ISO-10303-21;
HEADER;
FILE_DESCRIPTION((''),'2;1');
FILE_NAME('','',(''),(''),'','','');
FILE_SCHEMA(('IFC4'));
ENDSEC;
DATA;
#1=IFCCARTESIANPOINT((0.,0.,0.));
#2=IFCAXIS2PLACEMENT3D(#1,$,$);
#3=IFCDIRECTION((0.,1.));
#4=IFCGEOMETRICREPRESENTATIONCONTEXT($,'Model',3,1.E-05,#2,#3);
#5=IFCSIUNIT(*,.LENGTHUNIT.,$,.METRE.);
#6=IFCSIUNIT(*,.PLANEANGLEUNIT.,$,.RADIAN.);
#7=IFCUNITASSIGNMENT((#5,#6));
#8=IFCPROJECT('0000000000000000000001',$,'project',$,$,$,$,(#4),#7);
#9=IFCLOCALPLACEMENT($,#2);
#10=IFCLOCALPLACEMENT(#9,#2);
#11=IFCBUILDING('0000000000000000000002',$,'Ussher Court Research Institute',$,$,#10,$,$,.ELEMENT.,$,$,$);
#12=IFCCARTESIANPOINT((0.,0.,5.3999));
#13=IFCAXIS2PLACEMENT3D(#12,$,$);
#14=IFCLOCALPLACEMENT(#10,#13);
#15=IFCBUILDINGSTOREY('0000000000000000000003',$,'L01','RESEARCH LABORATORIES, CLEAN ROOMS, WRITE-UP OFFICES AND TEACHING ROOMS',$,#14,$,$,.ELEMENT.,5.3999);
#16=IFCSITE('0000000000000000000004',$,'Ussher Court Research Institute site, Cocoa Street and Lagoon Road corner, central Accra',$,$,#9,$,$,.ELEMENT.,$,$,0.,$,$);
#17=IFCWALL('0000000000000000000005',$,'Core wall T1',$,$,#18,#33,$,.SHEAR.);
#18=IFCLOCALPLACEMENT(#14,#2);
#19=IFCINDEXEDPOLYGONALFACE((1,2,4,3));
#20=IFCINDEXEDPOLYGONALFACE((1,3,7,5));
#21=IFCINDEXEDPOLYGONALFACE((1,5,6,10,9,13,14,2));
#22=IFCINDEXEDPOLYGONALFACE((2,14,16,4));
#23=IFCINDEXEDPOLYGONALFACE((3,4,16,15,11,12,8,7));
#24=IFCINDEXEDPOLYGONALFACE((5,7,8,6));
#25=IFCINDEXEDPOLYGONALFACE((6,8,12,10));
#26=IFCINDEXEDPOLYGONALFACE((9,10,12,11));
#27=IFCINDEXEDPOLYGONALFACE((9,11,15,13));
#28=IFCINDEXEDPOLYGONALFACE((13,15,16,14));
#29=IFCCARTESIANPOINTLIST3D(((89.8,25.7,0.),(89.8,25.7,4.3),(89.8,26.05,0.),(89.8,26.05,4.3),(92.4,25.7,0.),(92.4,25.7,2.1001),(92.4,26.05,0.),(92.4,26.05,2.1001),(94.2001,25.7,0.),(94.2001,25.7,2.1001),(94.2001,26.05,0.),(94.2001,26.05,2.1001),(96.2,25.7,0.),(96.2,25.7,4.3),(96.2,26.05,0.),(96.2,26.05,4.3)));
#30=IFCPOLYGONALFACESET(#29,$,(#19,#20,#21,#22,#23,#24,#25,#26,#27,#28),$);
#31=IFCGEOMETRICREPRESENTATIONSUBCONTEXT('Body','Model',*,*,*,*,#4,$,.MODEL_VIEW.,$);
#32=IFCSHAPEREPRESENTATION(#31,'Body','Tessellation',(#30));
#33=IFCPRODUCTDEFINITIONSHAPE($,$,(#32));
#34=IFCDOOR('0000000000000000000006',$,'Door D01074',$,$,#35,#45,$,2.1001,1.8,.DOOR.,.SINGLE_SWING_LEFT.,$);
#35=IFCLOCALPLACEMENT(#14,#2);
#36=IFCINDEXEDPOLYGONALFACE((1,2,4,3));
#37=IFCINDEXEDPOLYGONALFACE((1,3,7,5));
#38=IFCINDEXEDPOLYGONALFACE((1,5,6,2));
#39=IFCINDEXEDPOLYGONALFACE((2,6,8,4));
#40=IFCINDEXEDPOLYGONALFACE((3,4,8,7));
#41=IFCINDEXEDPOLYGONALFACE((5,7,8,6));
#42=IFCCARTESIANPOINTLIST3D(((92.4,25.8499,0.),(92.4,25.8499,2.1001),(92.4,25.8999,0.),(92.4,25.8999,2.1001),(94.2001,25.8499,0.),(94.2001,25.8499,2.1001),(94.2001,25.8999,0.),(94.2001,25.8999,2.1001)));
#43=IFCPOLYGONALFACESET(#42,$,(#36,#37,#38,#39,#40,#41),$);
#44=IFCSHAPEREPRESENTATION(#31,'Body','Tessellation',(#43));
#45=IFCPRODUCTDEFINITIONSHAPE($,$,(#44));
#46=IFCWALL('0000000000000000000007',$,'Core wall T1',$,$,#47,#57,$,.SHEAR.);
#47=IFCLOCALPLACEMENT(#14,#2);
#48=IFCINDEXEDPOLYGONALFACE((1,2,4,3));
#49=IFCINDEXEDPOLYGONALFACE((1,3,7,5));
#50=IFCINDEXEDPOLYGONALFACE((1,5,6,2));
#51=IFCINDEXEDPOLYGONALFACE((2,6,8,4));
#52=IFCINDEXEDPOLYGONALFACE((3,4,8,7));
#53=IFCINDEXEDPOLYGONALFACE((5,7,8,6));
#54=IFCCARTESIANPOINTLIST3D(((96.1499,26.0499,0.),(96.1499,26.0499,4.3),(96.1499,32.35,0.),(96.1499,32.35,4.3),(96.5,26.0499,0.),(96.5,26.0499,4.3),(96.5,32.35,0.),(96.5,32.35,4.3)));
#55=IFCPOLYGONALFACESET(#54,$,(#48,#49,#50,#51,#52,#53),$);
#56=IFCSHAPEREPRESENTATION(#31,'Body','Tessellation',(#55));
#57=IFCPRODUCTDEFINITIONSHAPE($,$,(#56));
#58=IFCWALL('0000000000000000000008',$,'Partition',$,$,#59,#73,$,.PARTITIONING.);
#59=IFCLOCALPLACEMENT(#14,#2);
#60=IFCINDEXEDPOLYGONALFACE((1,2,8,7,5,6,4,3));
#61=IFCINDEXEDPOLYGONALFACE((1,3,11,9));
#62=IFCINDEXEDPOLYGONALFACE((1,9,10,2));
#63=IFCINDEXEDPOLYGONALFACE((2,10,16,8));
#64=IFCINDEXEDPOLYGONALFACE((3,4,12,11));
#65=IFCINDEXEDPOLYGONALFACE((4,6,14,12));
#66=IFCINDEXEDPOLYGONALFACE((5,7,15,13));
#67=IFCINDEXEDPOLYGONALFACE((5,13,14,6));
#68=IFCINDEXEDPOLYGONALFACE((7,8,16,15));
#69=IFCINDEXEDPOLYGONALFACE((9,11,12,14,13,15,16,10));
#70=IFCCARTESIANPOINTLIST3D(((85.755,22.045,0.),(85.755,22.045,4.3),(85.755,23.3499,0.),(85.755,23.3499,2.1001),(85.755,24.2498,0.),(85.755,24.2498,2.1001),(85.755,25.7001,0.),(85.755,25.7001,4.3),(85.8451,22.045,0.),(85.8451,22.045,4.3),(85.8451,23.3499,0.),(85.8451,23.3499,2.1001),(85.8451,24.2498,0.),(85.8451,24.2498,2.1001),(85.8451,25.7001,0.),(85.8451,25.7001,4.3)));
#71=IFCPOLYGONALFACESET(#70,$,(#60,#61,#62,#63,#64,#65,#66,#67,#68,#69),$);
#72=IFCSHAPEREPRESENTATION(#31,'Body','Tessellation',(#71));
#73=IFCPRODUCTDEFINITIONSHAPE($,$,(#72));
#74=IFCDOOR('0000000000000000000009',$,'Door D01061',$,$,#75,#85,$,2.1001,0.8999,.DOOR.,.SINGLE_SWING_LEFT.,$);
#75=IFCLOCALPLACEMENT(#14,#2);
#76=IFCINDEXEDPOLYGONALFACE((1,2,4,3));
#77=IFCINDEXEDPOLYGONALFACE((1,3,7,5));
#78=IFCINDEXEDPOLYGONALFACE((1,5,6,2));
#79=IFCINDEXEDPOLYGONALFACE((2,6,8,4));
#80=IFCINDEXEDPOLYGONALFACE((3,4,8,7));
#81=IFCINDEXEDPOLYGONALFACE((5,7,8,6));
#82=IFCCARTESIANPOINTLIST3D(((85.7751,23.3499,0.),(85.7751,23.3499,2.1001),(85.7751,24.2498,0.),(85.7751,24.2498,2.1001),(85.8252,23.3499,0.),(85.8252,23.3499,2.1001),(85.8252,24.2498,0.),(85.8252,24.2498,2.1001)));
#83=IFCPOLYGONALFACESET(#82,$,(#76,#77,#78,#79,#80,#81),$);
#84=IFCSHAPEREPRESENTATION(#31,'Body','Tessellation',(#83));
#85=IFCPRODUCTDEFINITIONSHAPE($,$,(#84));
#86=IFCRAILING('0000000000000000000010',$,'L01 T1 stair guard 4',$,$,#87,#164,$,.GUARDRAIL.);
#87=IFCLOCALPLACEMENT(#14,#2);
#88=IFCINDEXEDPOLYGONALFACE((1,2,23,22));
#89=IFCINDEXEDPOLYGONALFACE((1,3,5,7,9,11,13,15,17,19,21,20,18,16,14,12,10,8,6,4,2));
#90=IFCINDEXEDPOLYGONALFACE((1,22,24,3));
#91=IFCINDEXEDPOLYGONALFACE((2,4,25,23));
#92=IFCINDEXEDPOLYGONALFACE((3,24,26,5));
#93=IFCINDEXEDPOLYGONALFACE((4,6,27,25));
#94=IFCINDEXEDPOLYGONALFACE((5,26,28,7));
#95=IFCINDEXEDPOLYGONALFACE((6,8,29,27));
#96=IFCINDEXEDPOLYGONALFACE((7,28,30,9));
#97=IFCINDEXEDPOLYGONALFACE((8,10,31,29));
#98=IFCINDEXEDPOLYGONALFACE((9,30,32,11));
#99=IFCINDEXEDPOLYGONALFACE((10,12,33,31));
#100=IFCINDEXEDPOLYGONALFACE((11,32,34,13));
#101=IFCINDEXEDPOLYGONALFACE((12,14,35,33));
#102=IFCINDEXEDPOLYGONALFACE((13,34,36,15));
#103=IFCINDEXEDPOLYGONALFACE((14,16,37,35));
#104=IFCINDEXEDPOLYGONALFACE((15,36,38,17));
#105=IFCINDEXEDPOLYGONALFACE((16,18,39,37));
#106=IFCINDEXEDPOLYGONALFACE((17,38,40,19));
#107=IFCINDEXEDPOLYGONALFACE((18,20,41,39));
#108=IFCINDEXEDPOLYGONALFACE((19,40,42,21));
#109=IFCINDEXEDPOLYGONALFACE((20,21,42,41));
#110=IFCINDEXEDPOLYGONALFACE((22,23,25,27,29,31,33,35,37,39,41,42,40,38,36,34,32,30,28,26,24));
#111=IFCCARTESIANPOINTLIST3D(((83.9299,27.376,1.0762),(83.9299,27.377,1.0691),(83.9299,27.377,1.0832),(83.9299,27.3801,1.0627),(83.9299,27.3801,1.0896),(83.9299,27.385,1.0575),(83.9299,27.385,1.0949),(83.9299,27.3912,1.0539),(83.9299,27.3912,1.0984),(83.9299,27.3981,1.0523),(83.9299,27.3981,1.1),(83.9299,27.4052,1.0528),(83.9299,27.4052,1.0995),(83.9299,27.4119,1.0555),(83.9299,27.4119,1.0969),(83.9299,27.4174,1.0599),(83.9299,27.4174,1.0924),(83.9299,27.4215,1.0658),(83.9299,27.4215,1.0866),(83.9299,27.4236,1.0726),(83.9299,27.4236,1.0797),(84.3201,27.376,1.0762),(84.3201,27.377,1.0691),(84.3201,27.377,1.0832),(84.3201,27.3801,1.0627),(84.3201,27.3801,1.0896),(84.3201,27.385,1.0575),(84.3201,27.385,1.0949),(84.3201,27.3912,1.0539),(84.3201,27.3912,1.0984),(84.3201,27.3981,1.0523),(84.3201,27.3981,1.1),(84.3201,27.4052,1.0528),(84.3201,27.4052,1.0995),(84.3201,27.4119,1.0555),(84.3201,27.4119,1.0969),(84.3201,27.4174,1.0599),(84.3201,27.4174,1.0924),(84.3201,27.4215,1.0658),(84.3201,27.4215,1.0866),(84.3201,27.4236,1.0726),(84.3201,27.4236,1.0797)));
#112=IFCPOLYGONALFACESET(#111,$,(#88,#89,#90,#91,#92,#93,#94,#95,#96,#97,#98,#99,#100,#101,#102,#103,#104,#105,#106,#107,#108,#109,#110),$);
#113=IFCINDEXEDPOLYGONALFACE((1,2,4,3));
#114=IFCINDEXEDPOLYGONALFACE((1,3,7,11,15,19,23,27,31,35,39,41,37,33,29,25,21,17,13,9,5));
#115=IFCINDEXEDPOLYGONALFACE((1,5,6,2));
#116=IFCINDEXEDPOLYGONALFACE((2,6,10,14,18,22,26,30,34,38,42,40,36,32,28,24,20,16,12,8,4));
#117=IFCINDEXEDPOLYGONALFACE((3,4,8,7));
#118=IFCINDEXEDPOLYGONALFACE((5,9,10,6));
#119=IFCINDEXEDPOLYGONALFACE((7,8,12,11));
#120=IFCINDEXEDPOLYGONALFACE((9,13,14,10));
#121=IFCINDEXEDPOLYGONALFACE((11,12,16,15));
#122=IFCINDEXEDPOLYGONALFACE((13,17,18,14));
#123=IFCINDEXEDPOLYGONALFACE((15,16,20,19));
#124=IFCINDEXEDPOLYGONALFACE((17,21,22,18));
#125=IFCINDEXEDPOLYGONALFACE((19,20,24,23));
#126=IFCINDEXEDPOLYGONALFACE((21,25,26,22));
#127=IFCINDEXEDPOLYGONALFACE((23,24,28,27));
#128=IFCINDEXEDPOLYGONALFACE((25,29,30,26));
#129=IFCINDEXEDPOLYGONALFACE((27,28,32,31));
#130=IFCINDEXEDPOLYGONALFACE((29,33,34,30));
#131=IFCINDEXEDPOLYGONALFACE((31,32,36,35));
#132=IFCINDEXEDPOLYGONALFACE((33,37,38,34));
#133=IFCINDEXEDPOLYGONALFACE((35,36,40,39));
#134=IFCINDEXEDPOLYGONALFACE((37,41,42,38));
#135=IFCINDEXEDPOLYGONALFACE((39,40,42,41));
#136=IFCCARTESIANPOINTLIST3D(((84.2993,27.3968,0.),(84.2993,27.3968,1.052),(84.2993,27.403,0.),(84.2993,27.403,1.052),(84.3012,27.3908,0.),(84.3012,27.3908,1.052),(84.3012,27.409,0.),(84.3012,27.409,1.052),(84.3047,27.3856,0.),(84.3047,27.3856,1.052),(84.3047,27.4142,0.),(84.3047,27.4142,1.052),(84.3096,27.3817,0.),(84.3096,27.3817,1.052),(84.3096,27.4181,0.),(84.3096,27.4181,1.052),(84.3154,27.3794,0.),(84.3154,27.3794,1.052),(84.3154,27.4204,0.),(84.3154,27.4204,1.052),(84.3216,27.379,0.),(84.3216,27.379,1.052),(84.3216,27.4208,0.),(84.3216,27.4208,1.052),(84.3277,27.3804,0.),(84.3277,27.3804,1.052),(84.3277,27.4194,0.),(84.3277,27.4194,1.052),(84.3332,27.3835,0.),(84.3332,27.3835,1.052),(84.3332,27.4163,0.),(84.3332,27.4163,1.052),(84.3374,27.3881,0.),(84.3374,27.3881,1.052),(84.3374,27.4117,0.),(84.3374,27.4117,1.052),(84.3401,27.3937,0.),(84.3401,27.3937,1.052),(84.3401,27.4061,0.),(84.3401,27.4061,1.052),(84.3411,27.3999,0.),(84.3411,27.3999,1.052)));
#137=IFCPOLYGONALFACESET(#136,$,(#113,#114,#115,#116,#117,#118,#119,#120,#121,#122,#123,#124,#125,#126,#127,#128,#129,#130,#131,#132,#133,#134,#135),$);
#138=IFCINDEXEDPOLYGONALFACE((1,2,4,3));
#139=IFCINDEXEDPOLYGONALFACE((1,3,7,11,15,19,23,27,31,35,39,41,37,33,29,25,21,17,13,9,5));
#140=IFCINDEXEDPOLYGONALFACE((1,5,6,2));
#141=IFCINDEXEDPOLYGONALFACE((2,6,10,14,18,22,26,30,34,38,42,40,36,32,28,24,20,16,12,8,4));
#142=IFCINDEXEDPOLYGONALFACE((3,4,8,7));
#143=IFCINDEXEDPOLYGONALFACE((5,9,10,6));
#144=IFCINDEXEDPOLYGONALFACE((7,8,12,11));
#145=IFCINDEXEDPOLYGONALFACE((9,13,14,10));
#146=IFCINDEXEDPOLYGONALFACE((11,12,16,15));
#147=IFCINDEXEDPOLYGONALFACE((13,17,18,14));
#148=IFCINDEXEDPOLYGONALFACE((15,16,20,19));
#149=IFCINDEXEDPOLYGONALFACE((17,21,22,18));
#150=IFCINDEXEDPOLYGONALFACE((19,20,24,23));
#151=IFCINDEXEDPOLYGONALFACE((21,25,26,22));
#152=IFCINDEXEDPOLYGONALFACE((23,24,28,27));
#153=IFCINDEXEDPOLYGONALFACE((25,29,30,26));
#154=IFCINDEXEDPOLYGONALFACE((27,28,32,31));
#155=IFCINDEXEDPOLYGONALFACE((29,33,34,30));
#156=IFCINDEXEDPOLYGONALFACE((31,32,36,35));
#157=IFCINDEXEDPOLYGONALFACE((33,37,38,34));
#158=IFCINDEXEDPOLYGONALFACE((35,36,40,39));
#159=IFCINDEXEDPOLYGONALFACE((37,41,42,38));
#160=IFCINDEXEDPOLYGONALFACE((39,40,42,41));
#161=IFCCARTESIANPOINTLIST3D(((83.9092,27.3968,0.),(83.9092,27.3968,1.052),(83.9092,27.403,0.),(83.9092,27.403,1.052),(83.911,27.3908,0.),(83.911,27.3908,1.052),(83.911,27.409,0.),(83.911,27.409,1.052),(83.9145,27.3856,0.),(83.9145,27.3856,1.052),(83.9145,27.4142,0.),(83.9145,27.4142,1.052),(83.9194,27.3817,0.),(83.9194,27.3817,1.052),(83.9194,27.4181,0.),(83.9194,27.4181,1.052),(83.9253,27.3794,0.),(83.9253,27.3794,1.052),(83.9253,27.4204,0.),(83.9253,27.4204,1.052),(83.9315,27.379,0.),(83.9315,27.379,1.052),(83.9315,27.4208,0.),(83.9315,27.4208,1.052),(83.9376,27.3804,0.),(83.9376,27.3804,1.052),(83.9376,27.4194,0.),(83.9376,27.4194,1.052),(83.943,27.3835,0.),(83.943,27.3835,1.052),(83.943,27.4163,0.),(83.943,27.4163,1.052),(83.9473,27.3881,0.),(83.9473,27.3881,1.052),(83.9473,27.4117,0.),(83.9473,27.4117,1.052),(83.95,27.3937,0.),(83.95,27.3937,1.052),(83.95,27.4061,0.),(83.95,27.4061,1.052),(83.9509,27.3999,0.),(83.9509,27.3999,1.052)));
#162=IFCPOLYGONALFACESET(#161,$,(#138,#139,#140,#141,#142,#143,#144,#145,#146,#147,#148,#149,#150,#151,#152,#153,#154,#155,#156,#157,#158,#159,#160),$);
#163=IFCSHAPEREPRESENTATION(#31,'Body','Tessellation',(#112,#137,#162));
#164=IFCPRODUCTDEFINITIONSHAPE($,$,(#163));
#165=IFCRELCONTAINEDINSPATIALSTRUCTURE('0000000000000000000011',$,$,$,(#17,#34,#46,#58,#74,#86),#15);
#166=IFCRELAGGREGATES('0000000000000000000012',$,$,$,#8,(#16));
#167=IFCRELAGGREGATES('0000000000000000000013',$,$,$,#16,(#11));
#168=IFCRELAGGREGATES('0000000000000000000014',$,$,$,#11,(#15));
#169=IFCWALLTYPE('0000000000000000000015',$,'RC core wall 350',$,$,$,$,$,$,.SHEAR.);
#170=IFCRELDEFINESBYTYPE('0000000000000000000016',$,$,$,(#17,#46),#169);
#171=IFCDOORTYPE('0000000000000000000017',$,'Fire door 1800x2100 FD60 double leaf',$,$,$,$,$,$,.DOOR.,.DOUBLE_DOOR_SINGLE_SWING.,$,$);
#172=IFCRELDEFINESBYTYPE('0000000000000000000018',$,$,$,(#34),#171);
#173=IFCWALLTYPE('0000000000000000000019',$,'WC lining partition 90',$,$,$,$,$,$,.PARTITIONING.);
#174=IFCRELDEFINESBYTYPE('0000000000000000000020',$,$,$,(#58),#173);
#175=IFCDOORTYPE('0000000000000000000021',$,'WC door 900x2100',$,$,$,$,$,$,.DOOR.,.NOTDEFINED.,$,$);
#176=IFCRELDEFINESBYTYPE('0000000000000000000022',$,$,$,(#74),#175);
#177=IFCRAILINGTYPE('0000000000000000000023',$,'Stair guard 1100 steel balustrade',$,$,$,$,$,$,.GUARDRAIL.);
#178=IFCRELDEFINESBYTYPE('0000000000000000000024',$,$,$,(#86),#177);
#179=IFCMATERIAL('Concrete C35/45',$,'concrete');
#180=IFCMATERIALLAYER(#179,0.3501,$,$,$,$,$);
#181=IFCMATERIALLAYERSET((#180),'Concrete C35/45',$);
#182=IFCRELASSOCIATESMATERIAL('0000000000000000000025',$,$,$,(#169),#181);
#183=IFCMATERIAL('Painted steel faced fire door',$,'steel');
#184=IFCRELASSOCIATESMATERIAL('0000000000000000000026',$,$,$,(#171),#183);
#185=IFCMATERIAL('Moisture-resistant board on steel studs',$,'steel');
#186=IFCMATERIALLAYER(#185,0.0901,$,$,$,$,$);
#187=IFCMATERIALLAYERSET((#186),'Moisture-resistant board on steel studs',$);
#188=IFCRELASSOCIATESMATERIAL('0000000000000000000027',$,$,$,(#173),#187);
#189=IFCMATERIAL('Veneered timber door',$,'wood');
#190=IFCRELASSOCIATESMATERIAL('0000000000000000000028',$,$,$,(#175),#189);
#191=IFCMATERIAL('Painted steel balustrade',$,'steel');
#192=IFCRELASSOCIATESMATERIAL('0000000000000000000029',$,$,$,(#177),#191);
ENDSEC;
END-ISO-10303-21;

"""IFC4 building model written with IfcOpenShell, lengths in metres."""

from ifc_helpers import new_model, si_unit, direction, frame, frame_2d, origin, origin_2d, place, context, subcontext, project, spatial, rectangle, circle, extrude, material, layer, layer_set, type_object, element, fill, save


model = new_model("IFC4")

# Units and contexts
model_context = context("Model", 3, precision=1e-05, world=origin(), true_north=direction((0.0, 1.0)))
body_context = subcontext(model_context, "Body", "Model", "MODEL_VIEW")
ifc_project = project(units=[si_unit("LENGTHUNIT", "METRE"), si_unit("PLANEANGLEUNIT", "RADIAN")], contexts=[model_context])

# Site, building, storey
site_placement = place(None, origin())
site = spatial("IfcSite", under=ifc_project, at=site_placement, Name="Ussher Court Research Institute site, Cocoa Street and Lagoon Road corner, central Accra", CompositionType="ELEMENT", RefElevation=0.0)
building_placement = place(site_placement, origin())
building = spatial("IfcBuilding", under=site, at=building_placement, Name="Ussher Court Research Institute", CompositionType="ELEMENT")
storey_placement = place(building_placement, frame((0.0, 0.0, 5.3999)))
storey = spatial("IfcBuildingStorey", under=building, at=storey_placement, Name="L01", Description="RESEARCH LABORATORIES, CLEAN ROOMS, WRITE-UP OFFICES AND TEACHING ROOMS", CompositionType="ELEMENT", Elevation=5.3999)

# Wall, opening, door
ifc_material_1 = material(Name="Concrete C35/45", Category="concrete")
ifc_layer_1 = layer(ifc_material_1, 0.3501)
ifc_layer_set_1 = layer_set([ifc_layer_1], Name="Concrete C35/45")
wall_type_1 = type_object("IfcWallType", Name="RC core wall 350", PredefinedType="SHEAR", material=ifc_layer_set_1)
wall_1_placement = place(storey_placement, frame((89.8, 25.875, 0.0), z_axis=(0.0, 0.0, 1.0), x_axis=(1.0, 0.0, 0.0)))
wall_1 = element("IfcWall", 1, at=wall_1_placement, inside=storey, type_object=wall_type_1, Name="Core wall T1", PredefinedType="SHEAR", context=body_context, shape_type="SweptSolid", body=[
    extrude(rectangle(XDim=6.3999, YDim=0.3501, at=frame_2d((3.2, 0.0))), origin(), (0.0, 0.0, 1.0), 4.3),
])
opening_1_placement = place(wall_1_placement, frame((2.6001, 0.0, 0.0)))
opening_1 = element("IfcOpeningElement", 2, at=opening_1_placement, cuts=wall_1, PredefinedType="OPENING", context=body_context, shape_type="SweptSolid", body=[
    extrude(rectangle(XDim=1.8, YDim=2.1001, at=frame_2d((0.8999, 1.05))), frame((0.0, 0.1851, 0.0), z_axis=(0.0, -1.0, 0.0), x_axis=(1.0, 0.0, 0.0)), (0.0, 0.0, 1.0), 0.3701),
])
ifc_material_2 = material(Name="Painted steel faced fire door", Category="steel")
door_type_1 = type_object("IfcDoorType", Name="Fire door 1800x2100 FD60 double leaf", OperationType="DOUBLE_DOOR_SINGLE_SWING", PredefinedType="DOOR", material=ifc_material_2)
door_1_placement = place(opening_1_placement, origin())
door_1 = element("IfcDoor", 3, at=door_1_placement, inside=storey, type_object=door_type_1, Name="Door D01074", OperationType="SINGLE_SWING_LEFT", OverallHeight=2.1001, OverallWidth=1.8, PredefinedType="DOOR", context=body_context, shape_type="SweptSolid", body=[
    extrude(rectangle(XDim=1.8, YDim=2.1001, at=frame_2d((0.8999, 1.05))), frame((0.0, 0.0249, 0.0), z_axis=(0.0, -1.0, 0.0), x_axis=(1.0, 0.0, 0.0)), (0.0, 0.0, 1.0), 0.05),
])
fill(opening_1, door_1)

# Wall
wall_2_placement = place(storey_placement, frame((96.325, 26.05, 0.0), z_axis=(0.0, 0.0, 1.0), x_axis=(0.0, 1.0, 0.0)))
element("IfcWall", 4, at=wall_2_placement, inside=storey, type_object=wall_type_1, Name="Core wall T1", PredefinedType="SHEAR", context=body_context, shape_type="SweptSolid", body=[
    extrude(rectangle(XDim=6.3, YDim=0.3501, at=frame_2d((3.1499, 0.0))), origin(), (0.0, 0.0, 1.0), 4.3),
])

# Wall, opening, door
ifc_material_3 = material(Name="Moisture-resistant board on steel studs", Category="steel")
ifc_layer_2 = layer(ifc_material_3, 0.0901)
ifc_layer_set_2 = layer_set([ifc_layer_2], Name="Moisture-resistant board on steel studs")
wall_type_2 = type_object("IfcWallType", Name="WC lining partition 90", PredefinedType="PARTITIONING", material=ifc_layer_set_2)
wall_3_placement = place(storey_placement, frame((85.8, 22.0449, 0.0), z_axis=(0.0, 0.0, 1.0), x_axis=(0.0, 1.0, 0.0)))
wall_3 = element("IfcWall", 5, at=wall_3_placement, inside=storey, type_object=wall_type_2, Name="Partition", PredefinedType="PARTITIONING", context=body_context, shape_type="SweptSolid", body=[
    extrude(rectangle(XDim=3.655, YDim=0.0901, at=frame_2d((1.8276, 0.0))), origin(), (0.0, 0.0, 1.0), 4.3),
])
opening_2_placement = place(wall_3_placement, frame((1.3049, 0.0, 0.0)))
opening_2 = element("IfcOpeningElement", 6, at=opening_2_placement, cuts=wall_3, PredefinedType="OPENING", context=body_context, shape_type="SweptSolid", body=[
    extrude(rectangle(XDim=0.8999, YDim=2.1001, at=frame_2d((0.45, 1.05))), frame((0.0, 0.0552, 0.0), z_axis=(0.0, -1.0, 0.0), x_axis=(1.0, 0.0, 0.0)), (0.0, 0.0, 1.0), 0.1101),
])
ifc_material_4 = material(Name="Veneered timber door", Category="wood")
door_type_2 = type_object("IfcDoorType", Name="WC door 900x2100", OperationType="NOTDEFINED", PredefinedType="DOOR", material=ifc_material_4)
door_2_placement = place(opening_2_placement, origin())
door_2 = element("IfcDoor", 7, at=door_2_placement, inside=storey, type_object=door_type_2, Name="Door D01061", OperationType="SINGLE_SWING_LEFT", OverallHeight=2.1001, OverallWidth=0.8999, PredefinedType="DOOR", context=body_context, shape_type="SweptSolid", body=[
    extrude(rectangle(XDim=0.8999, YDim=2.1001, at=frame_2d((0.45, 1.05))), frame((0.0, 0.0249, 0.0), z_axis=(0.0, -1.0, 0.0), x_axis=(1.0, 0.0, 0.0)), (0.0, 0.0, 1.0), 0.05),
])
fill(opening_2, door_2)

# Railing
ifc_material_5 = material(Name="Painted steel balustrade", Category="steel")
railing_type = type_object("IfcRailingType", Name="Stair guard 1100 steel balustrade", PredefinedType="GUARDRAIL", material=ifc_material_5)
railing_placement = place(storey_placement, frame((84.3201, 27.3999, 0.0)))
element("IfcRailing", 8, at=railing_placement, inside=storey, type_object=railing_type, Name="L01 T1 stair guard 4", PredefinedType="GUARDRAIL", context=body_context, shape_type="SweptSolid", body=[
    extrude(circle(Radius=0.0239, at=origin_2d()), frame((0.0, 0.0, 1.0762), z_axis=(-1.0, 0.0, 0.0), x_axis=(0.0, -1.0, 0.0)), (0.0, 0.0, 1.0), 0.3901),
    extrude(circle(Radius=0.021, at=origin_2d()), origin(), (0.0, 0.0, 1.0), 1.052),
    extrude(circle(Radius=0.021, at=origin_2d()), frame((-0.3901, 0.0, 0.0)), (0.0, 0.0, 1.0), 1.052),
])

save(model, "model.ifc")
